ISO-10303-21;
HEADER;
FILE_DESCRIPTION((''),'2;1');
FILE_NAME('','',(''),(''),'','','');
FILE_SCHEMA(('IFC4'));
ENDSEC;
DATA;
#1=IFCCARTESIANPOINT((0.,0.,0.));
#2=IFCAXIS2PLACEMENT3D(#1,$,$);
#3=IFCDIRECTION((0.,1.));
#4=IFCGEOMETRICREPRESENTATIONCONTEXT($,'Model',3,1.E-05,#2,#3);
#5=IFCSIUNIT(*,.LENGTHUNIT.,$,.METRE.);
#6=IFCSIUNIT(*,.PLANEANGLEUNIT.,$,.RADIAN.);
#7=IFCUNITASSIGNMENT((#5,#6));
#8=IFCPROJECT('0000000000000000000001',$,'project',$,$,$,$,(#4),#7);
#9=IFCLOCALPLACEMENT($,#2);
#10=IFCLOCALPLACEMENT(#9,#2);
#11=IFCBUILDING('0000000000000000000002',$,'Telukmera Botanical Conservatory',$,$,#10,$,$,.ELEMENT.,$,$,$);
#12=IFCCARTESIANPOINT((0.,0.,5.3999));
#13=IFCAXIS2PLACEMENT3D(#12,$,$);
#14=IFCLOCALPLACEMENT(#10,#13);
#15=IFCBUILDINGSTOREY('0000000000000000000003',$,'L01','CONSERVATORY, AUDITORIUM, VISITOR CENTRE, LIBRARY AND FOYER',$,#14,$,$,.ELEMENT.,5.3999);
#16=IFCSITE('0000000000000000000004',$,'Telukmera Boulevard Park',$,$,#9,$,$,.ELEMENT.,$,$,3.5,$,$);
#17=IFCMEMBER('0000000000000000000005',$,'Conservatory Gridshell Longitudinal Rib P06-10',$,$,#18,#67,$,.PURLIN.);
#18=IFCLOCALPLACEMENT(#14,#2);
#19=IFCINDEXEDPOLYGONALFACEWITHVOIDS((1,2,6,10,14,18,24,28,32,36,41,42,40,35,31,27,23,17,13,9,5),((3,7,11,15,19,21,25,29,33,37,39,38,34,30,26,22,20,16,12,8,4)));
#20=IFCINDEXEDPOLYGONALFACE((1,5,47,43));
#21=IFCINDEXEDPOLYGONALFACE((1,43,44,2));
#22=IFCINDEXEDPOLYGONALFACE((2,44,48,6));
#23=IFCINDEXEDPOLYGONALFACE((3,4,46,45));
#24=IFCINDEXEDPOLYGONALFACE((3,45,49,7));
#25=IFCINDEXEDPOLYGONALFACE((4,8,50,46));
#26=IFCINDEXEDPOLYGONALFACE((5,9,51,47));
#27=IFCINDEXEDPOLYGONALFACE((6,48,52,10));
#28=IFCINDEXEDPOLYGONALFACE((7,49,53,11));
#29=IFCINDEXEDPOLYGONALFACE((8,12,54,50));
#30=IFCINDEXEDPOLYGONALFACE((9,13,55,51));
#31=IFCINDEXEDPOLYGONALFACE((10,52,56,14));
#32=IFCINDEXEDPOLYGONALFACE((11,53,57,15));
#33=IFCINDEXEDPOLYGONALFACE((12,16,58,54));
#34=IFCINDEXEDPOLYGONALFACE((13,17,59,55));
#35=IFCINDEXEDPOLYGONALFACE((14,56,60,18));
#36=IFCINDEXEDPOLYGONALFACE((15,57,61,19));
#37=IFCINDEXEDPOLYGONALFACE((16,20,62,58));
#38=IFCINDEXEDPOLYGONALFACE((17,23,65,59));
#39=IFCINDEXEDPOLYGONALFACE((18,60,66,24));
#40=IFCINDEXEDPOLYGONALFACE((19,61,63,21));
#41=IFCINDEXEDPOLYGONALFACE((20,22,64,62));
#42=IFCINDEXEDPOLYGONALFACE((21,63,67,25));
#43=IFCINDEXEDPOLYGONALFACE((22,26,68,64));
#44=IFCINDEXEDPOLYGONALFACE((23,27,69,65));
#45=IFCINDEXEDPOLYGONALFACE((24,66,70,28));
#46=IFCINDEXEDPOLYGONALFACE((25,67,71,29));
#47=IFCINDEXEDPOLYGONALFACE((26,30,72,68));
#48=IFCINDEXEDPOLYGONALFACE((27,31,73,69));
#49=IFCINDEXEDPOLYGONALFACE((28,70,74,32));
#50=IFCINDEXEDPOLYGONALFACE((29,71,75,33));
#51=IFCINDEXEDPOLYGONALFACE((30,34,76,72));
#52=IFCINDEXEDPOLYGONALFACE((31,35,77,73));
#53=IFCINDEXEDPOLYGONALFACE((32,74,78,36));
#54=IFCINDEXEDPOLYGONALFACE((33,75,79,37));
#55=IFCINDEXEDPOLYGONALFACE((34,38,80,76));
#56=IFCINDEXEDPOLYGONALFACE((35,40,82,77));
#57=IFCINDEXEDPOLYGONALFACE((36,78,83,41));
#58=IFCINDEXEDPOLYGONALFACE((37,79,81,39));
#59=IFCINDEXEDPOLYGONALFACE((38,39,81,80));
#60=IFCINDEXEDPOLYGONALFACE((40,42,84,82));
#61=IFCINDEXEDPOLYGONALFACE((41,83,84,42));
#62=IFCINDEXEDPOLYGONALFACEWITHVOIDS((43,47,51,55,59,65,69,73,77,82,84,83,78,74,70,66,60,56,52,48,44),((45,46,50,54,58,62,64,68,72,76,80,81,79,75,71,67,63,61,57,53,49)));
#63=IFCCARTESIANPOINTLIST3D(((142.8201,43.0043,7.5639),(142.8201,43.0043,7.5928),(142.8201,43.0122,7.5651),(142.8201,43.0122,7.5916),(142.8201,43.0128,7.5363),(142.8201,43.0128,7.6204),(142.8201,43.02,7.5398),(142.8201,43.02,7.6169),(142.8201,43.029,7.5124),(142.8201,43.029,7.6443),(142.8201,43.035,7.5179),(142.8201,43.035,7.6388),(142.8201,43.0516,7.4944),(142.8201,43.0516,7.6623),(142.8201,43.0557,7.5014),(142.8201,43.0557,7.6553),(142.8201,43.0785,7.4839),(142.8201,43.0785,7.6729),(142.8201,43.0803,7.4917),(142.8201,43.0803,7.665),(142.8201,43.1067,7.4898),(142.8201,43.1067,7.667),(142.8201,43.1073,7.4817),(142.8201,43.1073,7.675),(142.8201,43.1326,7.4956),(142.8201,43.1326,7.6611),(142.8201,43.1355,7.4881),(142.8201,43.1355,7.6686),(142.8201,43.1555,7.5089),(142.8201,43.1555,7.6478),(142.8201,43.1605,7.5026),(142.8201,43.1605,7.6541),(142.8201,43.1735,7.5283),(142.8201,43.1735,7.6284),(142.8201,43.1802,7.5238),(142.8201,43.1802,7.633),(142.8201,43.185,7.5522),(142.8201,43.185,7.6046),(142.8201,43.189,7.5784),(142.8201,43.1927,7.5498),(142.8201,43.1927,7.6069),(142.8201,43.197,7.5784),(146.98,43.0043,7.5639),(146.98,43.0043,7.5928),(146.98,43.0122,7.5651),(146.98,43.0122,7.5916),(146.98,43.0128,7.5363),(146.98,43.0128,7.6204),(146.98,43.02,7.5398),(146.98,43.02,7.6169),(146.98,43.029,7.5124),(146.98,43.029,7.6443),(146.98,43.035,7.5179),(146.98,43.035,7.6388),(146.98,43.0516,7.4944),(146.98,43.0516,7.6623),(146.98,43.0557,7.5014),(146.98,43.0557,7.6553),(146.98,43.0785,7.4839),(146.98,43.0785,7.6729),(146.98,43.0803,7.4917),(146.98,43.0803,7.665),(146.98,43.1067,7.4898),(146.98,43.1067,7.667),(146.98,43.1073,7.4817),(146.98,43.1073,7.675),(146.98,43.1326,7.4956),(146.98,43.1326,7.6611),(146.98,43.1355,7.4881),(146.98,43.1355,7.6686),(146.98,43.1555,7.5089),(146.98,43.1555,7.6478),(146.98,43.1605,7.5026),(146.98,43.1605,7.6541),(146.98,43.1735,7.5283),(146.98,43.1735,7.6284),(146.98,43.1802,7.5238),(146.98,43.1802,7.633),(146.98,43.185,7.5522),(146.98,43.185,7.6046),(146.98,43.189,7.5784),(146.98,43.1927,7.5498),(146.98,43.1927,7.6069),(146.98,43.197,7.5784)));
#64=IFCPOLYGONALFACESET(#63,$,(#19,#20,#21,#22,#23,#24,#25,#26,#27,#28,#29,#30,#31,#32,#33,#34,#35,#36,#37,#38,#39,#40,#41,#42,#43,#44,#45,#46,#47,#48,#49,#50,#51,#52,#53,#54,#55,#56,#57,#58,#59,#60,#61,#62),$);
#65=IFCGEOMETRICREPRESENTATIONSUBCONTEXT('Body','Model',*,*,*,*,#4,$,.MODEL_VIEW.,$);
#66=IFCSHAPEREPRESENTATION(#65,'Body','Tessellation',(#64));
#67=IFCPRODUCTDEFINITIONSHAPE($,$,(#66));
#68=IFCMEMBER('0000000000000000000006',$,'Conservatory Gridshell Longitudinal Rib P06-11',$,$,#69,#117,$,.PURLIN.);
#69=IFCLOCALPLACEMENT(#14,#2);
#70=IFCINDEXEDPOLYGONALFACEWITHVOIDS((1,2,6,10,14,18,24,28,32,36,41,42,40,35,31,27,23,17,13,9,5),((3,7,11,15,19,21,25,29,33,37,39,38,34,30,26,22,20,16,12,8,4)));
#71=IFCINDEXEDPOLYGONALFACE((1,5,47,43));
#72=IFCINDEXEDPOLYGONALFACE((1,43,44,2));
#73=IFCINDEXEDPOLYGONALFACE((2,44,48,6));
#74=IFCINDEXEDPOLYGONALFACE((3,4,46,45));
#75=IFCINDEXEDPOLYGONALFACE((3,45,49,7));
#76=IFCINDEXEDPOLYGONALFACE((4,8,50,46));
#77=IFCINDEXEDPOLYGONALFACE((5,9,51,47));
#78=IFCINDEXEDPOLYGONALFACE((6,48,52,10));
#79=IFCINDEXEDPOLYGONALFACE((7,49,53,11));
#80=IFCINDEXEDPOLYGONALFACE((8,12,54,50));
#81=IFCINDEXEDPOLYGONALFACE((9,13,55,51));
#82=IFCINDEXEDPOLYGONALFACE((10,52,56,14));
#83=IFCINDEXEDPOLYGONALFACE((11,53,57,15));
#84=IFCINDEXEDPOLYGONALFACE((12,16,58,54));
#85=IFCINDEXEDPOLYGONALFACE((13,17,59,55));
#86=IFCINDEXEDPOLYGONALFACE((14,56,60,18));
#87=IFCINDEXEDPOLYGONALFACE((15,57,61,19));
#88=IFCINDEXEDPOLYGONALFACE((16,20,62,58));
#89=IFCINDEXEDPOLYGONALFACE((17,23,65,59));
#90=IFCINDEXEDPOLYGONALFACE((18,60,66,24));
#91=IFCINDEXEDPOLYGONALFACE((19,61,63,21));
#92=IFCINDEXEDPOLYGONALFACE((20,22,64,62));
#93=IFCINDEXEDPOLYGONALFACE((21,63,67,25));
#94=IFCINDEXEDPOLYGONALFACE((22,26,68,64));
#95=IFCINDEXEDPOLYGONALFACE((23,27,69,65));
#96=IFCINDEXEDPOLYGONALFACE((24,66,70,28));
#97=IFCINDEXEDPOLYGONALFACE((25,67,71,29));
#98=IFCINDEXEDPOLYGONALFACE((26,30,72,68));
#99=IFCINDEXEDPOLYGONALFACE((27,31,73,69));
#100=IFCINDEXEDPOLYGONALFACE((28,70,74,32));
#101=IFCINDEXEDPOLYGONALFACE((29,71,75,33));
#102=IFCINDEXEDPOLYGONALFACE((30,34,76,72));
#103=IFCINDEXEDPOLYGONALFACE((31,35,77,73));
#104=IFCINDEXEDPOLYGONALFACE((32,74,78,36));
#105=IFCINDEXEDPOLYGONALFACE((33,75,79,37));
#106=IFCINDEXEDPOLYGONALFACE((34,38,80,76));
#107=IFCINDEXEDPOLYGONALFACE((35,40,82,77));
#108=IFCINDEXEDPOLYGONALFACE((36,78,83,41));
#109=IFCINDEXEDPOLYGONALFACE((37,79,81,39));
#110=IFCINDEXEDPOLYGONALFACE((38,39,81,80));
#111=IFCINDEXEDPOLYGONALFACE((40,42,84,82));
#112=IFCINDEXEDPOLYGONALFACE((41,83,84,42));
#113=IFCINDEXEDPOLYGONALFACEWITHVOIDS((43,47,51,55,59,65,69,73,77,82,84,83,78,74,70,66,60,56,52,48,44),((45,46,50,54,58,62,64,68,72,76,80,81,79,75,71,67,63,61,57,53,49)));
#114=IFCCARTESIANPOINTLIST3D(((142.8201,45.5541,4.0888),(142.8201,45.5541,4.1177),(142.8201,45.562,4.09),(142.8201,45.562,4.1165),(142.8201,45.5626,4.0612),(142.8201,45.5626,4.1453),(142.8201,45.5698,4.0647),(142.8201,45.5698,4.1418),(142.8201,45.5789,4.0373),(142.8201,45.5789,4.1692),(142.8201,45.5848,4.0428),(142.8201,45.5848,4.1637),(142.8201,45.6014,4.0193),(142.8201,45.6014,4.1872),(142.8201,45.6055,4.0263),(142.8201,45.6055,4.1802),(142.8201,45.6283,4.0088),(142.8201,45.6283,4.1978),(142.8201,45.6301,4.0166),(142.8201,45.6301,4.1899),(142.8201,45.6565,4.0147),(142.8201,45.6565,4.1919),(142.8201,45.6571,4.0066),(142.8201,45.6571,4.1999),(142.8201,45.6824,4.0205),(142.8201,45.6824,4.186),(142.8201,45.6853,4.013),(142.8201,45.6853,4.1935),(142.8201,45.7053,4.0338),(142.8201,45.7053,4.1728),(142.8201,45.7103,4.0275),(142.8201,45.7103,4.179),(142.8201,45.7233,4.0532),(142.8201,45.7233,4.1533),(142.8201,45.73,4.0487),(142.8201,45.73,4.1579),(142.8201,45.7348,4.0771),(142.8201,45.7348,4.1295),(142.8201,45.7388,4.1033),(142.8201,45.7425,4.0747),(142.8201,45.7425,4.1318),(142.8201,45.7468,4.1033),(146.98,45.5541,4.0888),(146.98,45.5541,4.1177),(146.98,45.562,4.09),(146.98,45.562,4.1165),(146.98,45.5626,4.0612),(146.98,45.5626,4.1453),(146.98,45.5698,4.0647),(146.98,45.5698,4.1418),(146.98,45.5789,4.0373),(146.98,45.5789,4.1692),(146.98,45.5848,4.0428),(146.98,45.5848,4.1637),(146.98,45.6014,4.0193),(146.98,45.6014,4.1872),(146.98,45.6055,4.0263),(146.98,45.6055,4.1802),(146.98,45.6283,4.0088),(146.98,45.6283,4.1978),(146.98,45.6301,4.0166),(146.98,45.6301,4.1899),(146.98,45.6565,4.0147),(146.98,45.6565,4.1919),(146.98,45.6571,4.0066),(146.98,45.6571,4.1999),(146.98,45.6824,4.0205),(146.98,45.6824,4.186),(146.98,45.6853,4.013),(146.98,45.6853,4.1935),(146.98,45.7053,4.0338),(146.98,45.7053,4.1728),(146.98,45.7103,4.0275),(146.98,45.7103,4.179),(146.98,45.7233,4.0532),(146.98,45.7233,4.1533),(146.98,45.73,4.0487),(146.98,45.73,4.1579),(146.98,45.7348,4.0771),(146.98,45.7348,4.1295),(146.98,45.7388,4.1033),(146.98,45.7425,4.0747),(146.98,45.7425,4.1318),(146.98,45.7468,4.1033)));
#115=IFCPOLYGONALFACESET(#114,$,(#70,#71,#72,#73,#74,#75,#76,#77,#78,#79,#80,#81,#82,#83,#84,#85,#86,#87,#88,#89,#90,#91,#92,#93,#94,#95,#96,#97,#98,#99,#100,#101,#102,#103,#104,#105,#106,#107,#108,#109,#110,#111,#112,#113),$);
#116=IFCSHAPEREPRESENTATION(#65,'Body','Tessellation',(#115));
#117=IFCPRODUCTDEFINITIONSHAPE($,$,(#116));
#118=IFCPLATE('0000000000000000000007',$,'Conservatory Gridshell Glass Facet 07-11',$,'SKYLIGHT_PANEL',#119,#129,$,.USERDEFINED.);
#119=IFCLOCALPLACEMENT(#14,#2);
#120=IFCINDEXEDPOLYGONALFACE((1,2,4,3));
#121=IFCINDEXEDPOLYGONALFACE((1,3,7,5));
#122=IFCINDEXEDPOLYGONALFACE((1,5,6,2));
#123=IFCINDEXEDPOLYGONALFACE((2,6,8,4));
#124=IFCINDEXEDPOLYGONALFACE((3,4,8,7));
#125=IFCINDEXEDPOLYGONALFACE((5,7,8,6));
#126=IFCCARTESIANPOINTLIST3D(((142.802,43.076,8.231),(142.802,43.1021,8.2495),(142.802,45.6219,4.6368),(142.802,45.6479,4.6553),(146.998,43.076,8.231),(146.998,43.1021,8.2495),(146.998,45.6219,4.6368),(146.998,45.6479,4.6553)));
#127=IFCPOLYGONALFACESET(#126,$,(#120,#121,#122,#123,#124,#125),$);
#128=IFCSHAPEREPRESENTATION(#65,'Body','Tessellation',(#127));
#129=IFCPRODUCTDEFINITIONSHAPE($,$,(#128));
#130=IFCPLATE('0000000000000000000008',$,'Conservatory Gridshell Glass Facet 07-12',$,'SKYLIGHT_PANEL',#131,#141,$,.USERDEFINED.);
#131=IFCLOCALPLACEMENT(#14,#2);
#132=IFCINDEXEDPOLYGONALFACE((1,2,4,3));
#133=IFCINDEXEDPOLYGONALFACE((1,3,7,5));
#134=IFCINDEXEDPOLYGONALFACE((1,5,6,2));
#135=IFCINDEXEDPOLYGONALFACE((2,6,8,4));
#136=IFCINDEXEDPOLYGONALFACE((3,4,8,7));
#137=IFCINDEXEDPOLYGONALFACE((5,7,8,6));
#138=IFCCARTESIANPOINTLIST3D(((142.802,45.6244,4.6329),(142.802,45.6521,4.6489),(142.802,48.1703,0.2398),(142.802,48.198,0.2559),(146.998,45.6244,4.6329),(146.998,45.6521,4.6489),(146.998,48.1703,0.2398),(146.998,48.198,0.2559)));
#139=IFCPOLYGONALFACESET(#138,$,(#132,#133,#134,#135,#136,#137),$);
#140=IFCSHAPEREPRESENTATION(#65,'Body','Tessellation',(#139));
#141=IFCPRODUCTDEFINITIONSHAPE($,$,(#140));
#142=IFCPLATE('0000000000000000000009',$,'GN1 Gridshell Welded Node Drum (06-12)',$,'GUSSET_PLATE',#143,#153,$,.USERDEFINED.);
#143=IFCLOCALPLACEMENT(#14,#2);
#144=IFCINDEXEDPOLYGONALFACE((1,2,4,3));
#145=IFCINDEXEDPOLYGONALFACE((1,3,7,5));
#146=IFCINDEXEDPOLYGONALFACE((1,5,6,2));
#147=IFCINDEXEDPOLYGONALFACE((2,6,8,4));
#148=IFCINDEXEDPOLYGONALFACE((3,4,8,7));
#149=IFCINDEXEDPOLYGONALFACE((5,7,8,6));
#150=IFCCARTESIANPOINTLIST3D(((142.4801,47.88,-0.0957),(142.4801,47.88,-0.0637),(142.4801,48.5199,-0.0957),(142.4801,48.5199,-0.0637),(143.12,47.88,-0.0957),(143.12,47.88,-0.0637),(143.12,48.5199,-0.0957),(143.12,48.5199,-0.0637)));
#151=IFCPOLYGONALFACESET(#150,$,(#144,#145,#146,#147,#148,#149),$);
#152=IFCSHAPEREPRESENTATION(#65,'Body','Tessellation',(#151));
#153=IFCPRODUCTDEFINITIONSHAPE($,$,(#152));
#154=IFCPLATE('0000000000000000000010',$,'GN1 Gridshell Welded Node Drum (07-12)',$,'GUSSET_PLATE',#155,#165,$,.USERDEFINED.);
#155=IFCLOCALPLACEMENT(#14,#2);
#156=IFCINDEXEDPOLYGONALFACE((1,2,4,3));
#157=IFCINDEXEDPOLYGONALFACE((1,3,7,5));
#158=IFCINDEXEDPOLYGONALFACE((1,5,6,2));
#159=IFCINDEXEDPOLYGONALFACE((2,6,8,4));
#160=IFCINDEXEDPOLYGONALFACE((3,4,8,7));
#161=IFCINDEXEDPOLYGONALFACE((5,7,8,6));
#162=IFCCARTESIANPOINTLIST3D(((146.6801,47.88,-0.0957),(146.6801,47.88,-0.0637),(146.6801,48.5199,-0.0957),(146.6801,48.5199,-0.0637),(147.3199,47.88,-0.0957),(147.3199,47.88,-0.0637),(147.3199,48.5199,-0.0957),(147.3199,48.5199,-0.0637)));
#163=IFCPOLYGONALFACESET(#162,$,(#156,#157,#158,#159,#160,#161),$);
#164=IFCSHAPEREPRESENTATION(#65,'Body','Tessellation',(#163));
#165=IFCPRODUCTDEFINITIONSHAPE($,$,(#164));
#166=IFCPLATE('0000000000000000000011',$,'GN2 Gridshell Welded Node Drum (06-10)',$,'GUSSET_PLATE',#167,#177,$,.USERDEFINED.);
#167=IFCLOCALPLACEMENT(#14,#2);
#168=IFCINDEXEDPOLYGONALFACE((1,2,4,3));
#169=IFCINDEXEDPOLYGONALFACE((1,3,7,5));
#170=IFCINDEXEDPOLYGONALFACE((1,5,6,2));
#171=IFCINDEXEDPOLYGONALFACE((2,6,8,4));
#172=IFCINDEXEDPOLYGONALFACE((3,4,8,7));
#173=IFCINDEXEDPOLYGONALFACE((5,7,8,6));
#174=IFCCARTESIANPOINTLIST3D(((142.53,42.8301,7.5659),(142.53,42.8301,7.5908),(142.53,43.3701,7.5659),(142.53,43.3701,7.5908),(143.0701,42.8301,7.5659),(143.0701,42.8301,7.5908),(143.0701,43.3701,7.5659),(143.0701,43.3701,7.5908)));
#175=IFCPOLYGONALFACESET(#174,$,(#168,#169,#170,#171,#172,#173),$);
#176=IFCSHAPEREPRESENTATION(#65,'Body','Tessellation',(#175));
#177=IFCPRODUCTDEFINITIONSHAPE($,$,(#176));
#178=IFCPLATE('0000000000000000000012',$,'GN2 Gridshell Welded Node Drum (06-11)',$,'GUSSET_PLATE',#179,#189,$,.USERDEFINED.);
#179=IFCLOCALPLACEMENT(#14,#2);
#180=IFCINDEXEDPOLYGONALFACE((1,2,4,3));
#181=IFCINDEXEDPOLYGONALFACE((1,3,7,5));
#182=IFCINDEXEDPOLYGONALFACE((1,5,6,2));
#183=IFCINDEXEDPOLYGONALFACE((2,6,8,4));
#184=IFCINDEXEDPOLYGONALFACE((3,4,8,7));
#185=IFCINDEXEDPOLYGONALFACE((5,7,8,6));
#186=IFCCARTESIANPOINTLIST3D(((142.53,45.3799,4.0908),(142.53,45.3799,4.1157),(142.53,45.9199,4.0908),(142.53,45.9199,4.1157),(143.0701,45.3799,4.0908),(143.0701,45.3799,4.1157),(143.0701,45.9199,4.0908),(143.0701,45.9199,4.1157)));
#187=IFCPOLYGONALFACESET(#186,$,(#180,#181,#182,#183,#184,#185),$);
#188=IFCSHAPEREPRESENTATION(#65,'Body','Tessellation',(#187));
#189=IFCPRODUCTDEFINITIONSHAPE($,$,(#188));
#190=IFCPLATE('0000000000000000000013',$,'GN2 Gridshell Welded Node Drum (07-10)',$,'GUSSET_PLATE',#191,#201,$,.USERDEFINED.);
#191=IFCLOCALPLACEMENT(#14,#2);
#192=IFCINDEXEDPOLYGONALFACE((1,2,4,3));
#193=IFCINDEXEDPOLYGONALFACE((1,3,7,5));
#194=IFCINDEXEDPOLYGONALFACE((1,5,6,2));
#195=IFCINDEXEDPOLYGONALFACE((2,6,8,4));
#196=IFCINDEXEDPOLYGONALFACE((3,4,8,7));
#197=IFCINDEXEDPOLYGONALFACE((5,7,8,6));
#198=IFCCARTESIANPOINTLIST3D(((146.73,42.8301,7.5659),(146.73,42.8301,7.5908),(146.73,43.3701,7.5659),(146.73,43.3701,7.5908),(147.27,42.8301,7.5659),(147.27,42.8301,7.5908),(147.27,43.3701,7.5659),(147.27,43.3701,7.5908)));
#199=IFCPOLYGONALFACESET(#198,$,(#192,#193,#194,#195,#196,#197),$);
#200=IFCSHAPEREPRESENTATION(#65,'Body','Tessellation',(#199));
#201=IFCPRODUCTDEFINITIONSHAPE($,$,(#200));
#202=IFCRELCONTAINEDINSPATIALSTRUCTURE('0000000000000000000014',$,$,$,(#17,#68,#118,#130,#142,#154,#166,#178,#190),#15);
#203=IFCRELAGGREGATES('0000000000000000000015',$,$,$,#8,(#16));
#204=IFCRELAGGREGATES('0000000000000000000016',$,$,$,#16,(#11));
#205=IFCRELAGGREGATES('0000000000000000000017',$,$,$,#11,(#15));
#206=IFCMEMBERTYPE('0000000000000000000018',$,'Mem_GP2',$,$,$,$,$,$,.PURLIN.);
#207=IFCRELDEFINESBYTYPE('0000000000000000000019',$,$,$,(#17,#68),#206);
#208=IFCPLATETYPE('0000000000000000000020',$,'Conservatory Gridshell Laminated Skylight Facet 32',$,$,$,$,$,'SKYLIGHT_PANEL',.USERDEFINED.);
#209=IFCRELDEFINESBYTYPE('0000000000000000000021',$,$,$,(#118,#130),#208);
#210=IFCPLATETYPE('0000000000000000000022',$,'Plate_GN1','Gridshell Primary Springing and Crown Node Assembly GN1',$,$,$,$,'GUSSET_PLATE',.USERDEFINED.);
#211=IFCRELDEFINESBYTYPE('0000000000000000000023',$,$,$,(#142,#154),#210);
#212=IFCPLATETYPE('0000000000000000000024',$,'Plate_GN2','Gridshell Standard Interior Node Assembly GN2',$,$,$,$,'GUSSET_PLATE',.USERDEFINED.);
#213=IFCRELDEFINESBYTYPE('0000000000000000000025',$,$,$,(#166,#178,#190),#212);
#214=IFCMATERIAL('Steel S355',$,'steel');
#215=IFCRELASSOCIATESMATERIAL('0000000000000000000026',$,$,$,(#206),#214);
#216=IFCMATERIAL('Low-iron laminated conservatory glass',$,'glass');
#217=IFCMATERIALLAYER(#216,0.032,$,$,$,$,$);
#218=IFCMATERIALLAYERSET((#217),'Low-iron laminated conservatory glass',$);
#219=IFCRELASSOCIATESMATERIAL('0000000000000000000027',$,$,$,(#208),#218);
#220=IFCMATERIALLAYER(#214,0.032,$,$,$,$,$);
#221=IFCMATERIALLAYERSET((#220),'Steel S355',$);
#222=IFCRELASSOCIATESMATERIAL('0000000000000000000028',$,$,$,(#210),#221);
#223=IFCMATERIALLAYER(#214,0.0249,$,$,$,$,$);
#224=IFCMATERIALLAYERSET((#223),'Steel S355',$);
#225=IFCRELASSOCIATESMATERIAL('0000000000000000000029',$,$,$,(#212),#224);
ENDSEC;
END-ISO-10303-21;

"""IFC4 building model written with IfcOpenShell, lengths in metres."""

from ifc_helpers import new_model, si_unit, direction, frame, origin, origin_2d, place, context, subcontext, project, spatial, polyline, rectangle, hollow_circle, outline, extrude, material, layer, layer_set, material_profile, profile_set, type_object, element, save


model = new_model("IFC4")

# Units and contexts
model_context = context("Model", 3, precision=1e-05, world=origin(), true_north=direction((0.0, 1.0)))
body_context = subcontext(model_context, "Body", "Model", "MODEL_VIEW")
ifc_project = project(units=[si_unit("LENGTHUNIT", "METRE"), si_unit("PLANEANGLEUNIT", "RADIAN")], contexts=[model_context])

# Site, building, storey
site_placement = place(None, origin())
site = spatial("IfcSite", under=ifc_project, at=site_placement, Name="Telukmera Boulevard Park", CompositionType="ELEMENT", RefElevation=3.5)
building_placement = place(site_placement, origin())
building = spatial("IfcBuilding", under=site, at=building_placement, Name="Telukmera Botanical Conservatory", CompositionType="ELEMENT")
storey_placement = place(building_placement, frame((0.0, 0.0, 5.3999)))
storey = spatial("IfcBuildingStorey", under=building, at=storey_placement, Name="L01", Description="CONSERVATORY, AUDITORIUM, VISITOR CENTRE, LIBRARY AND FOYER", CompositionType="ELEMENT", Elevation=5.3999)

# Shared definitions
ifc_material_1 = material(Name="Steel S355", Category="steel")

# Members
ifc_material_profile_1 = material_profile(ifc_material_1, hollow_circle(Radius=0.0969, WallThickness=0.0081, at=origin_2d()), Name="CHS 193.7x8.0")
ifc_profile_set_1 = profile_set([ifc_material_profile_1], Name="Steel S355")
member_type_1 = type_object("IfcMemberType", Name="Mem_GP2", PredefinedType="PURLIN", material=ifc_profile_set_1)
for number, where, z_axis, x_axis, name in (
    (1, (142.8201, 43.1001, 7.5784), (1.0, 0.0, 0.0), (0.0, 1.0, 0.0), "Conservatory Gridshell Longitudinal Rib P06-10"),
    (2, (142.8201, 45.6499, 4.1033), (1.0, 0.0, 0.0), (0.0, 1.0, 0.0), "Conservatory Gridshell Longitudinal Rib P06-11"),
):
    element("IfcMember", number, at=place(storey_placement, frame(where, z_axis=z_axis, x_axis=x_axis)), inside=storey, type_object=member_type_1, Name=name, PredefinedType="PURLIN", context=body_context, shape_type="SweptSolid", body=[
        extrude(hollow_circle(Radius=0.0969, WallThickness=0.0081, at=origin_2d()), origin(), (0.0, 0.0, 1.0), 4.1599),
    ])

# Plates
ifc_material_2 = material(Name="Low-iron laminated conservatory glass", Category="glass")
ifc_layer_1 = layer(ifc_material_2, 0.032)
ifc_layer_set_1 = layer_set([ifc_layer_1], Name="Low-iron laminated conservatory glass")
plate_type_1 = type_object("IfcPlateType", Name="Conservatory Gridshell Laminated Skylight Facet 32", ElementType="SKYLIGHT_PANEL", PredefinedType="USERDEFINED", material=ifc_layer_set_1)
plate_1_placement = place(storey_placement, frame((142.802, 43.1021, 8.2495), z_axis=(0.0, 0.816027, 0.578014), x_axis=(1.0, 0.0, 0.0)))
element("IfcPlate", 3, at=plate_1_placement, inside=storey, type_object=plate_type_1, Name="Conservatory Gridshell Glass Facet 07-11", ObjectType="SKYLIGHT_PANEL", PredefinedType="USERDEFINED", context=body_context, shape_type="SweptSolid", body=[
    extrude(outline(polyline([(0.0, 0.0), (4.196, 0.0), (4.196, 4.4046), (0.0, 4.4046), (0.0, 0.0)])), origin(), (0.0, 0.0, -1.0), 0.032),
])
plate_2_placement = place(storey_placement, frame((142.802, 45.6521, 4.6489), z_axis=(0.0, 0.865209, 0.501412), x_axis=(1.0, 0.0, 0.0)))
element("IfcPlate", 4, at=plate_2_placement, inside=storey, type_object=plate_type_1, Name="Conservatory Gridshell Glass Facet 07-12", ObjectType="SKYLIGHT_PANEL", PredefinedType="USERDEFINED", context=body_context, shape_type="SweptSolid", body=[
    extrude(outline(polyline([(0.0, 0.0), (4.196, 0.0), (4.196, 5.0775), (0.0, 5.0775), (0.0, 0.0)])), origin(), (0.0, 0.0, -1.0), 0.032),
])
ifc_layer_2 = layer(ifc_material_1, 0.032)
ifc_layer_set_2 = layer_set([ifc_layer_2], Name="Steel S355")
plate_type_2 = type_object("IfcPlateType", Name="Plate_GN1", Description="Gridshell Primary Springing and Crown Node Assembly GN1", ElementType="GUSSET_PLATE", PredefinedType="USERDEFINED", material=ifc_layer_set_2)
for number, where, z_axis, x_axis, name in (
    (5, (142.8, 48.2, -0.0957), (0.0, 0.0, 1.0), (1.0, 0.0, 0.0), "GN1 Gridshell Welded Node Drum (06-12)"),
    (6, (147.0, 48.2, -0.0957), (0.0, 0.0, 1.0), (1.0, 0.0, 0.0), "GN1 Gridshell Welded Node Drum (07-12)"),
):
    element("IfcPlate", number, at=place(storey_placement, frame(where, z_axis=z_axis, x_axis=x_axis)), inside=storey, type_object=plate_type_2, Name=name, ObjectType="GUSSET_PLATE", PredefinedType="USERDEFINED", context=body_context, shape_type="SweptSolid", body=[
        extrude(rectangle(XDim=0.6399, YDim=0.6399, at=origin_2d()), origin(), (0.0, 0.0, 1.0), 0.032),
    ])
ifc_layer_3 = layer(ifc_material_1, 0.0249)
ifc_layer_set_3 = layer_set([ifc_layer_3], Name="Steel S355")
plate_type_3 = type_object("IfcPlateType", Name="Plate_GN2", Description="Gridshell Standard Interior Node Assembly GN2", ElementType="GUSSET_PLATE", PredefinedType="USERDEFINED", material=ifc_layer_set_3)
for number, where, z_axis, x_axis, name in (
    (7, (142.8, 43.1001, 7.5659), (0.0, 0.0, 1.0), (1.0, 0.0, 0.0), "GN2 Gridshell Welded Node Drum (06-10)"),
    (8, (142.8, 45.6499, 4.0908), (0.0, 0.0, 1.0), (1.0, 0.0, 0.0), "GN2 Gridshell Welded Node Drum (06-11)"),
    (9, (147.0, 43.1001, 7.5659), (0.0, 0.0, 1.0), (1.0, 0.0, 0.0), "GN2 Gridshell Welded Node Drum (07-10)"),
):
    element("IfcPlate", number, at=place(storey_placement, frame(where, z_axis=z_axis, x_axis=x_axis)), inside=storey, type_object=plate_type_3, Name=name, ObjectType="GUSSET_PLATE", PredefinedType="USERDEFINED", context=body_context, shape_type="SweptSolid", body=[
        extrude(rectangle(XDim=0.54, YDim=0.54, at=origin_2d()), origin(), (0.0, 0.0, 1.0), 0.0249),
    ])

save(model, "model.ifc")
